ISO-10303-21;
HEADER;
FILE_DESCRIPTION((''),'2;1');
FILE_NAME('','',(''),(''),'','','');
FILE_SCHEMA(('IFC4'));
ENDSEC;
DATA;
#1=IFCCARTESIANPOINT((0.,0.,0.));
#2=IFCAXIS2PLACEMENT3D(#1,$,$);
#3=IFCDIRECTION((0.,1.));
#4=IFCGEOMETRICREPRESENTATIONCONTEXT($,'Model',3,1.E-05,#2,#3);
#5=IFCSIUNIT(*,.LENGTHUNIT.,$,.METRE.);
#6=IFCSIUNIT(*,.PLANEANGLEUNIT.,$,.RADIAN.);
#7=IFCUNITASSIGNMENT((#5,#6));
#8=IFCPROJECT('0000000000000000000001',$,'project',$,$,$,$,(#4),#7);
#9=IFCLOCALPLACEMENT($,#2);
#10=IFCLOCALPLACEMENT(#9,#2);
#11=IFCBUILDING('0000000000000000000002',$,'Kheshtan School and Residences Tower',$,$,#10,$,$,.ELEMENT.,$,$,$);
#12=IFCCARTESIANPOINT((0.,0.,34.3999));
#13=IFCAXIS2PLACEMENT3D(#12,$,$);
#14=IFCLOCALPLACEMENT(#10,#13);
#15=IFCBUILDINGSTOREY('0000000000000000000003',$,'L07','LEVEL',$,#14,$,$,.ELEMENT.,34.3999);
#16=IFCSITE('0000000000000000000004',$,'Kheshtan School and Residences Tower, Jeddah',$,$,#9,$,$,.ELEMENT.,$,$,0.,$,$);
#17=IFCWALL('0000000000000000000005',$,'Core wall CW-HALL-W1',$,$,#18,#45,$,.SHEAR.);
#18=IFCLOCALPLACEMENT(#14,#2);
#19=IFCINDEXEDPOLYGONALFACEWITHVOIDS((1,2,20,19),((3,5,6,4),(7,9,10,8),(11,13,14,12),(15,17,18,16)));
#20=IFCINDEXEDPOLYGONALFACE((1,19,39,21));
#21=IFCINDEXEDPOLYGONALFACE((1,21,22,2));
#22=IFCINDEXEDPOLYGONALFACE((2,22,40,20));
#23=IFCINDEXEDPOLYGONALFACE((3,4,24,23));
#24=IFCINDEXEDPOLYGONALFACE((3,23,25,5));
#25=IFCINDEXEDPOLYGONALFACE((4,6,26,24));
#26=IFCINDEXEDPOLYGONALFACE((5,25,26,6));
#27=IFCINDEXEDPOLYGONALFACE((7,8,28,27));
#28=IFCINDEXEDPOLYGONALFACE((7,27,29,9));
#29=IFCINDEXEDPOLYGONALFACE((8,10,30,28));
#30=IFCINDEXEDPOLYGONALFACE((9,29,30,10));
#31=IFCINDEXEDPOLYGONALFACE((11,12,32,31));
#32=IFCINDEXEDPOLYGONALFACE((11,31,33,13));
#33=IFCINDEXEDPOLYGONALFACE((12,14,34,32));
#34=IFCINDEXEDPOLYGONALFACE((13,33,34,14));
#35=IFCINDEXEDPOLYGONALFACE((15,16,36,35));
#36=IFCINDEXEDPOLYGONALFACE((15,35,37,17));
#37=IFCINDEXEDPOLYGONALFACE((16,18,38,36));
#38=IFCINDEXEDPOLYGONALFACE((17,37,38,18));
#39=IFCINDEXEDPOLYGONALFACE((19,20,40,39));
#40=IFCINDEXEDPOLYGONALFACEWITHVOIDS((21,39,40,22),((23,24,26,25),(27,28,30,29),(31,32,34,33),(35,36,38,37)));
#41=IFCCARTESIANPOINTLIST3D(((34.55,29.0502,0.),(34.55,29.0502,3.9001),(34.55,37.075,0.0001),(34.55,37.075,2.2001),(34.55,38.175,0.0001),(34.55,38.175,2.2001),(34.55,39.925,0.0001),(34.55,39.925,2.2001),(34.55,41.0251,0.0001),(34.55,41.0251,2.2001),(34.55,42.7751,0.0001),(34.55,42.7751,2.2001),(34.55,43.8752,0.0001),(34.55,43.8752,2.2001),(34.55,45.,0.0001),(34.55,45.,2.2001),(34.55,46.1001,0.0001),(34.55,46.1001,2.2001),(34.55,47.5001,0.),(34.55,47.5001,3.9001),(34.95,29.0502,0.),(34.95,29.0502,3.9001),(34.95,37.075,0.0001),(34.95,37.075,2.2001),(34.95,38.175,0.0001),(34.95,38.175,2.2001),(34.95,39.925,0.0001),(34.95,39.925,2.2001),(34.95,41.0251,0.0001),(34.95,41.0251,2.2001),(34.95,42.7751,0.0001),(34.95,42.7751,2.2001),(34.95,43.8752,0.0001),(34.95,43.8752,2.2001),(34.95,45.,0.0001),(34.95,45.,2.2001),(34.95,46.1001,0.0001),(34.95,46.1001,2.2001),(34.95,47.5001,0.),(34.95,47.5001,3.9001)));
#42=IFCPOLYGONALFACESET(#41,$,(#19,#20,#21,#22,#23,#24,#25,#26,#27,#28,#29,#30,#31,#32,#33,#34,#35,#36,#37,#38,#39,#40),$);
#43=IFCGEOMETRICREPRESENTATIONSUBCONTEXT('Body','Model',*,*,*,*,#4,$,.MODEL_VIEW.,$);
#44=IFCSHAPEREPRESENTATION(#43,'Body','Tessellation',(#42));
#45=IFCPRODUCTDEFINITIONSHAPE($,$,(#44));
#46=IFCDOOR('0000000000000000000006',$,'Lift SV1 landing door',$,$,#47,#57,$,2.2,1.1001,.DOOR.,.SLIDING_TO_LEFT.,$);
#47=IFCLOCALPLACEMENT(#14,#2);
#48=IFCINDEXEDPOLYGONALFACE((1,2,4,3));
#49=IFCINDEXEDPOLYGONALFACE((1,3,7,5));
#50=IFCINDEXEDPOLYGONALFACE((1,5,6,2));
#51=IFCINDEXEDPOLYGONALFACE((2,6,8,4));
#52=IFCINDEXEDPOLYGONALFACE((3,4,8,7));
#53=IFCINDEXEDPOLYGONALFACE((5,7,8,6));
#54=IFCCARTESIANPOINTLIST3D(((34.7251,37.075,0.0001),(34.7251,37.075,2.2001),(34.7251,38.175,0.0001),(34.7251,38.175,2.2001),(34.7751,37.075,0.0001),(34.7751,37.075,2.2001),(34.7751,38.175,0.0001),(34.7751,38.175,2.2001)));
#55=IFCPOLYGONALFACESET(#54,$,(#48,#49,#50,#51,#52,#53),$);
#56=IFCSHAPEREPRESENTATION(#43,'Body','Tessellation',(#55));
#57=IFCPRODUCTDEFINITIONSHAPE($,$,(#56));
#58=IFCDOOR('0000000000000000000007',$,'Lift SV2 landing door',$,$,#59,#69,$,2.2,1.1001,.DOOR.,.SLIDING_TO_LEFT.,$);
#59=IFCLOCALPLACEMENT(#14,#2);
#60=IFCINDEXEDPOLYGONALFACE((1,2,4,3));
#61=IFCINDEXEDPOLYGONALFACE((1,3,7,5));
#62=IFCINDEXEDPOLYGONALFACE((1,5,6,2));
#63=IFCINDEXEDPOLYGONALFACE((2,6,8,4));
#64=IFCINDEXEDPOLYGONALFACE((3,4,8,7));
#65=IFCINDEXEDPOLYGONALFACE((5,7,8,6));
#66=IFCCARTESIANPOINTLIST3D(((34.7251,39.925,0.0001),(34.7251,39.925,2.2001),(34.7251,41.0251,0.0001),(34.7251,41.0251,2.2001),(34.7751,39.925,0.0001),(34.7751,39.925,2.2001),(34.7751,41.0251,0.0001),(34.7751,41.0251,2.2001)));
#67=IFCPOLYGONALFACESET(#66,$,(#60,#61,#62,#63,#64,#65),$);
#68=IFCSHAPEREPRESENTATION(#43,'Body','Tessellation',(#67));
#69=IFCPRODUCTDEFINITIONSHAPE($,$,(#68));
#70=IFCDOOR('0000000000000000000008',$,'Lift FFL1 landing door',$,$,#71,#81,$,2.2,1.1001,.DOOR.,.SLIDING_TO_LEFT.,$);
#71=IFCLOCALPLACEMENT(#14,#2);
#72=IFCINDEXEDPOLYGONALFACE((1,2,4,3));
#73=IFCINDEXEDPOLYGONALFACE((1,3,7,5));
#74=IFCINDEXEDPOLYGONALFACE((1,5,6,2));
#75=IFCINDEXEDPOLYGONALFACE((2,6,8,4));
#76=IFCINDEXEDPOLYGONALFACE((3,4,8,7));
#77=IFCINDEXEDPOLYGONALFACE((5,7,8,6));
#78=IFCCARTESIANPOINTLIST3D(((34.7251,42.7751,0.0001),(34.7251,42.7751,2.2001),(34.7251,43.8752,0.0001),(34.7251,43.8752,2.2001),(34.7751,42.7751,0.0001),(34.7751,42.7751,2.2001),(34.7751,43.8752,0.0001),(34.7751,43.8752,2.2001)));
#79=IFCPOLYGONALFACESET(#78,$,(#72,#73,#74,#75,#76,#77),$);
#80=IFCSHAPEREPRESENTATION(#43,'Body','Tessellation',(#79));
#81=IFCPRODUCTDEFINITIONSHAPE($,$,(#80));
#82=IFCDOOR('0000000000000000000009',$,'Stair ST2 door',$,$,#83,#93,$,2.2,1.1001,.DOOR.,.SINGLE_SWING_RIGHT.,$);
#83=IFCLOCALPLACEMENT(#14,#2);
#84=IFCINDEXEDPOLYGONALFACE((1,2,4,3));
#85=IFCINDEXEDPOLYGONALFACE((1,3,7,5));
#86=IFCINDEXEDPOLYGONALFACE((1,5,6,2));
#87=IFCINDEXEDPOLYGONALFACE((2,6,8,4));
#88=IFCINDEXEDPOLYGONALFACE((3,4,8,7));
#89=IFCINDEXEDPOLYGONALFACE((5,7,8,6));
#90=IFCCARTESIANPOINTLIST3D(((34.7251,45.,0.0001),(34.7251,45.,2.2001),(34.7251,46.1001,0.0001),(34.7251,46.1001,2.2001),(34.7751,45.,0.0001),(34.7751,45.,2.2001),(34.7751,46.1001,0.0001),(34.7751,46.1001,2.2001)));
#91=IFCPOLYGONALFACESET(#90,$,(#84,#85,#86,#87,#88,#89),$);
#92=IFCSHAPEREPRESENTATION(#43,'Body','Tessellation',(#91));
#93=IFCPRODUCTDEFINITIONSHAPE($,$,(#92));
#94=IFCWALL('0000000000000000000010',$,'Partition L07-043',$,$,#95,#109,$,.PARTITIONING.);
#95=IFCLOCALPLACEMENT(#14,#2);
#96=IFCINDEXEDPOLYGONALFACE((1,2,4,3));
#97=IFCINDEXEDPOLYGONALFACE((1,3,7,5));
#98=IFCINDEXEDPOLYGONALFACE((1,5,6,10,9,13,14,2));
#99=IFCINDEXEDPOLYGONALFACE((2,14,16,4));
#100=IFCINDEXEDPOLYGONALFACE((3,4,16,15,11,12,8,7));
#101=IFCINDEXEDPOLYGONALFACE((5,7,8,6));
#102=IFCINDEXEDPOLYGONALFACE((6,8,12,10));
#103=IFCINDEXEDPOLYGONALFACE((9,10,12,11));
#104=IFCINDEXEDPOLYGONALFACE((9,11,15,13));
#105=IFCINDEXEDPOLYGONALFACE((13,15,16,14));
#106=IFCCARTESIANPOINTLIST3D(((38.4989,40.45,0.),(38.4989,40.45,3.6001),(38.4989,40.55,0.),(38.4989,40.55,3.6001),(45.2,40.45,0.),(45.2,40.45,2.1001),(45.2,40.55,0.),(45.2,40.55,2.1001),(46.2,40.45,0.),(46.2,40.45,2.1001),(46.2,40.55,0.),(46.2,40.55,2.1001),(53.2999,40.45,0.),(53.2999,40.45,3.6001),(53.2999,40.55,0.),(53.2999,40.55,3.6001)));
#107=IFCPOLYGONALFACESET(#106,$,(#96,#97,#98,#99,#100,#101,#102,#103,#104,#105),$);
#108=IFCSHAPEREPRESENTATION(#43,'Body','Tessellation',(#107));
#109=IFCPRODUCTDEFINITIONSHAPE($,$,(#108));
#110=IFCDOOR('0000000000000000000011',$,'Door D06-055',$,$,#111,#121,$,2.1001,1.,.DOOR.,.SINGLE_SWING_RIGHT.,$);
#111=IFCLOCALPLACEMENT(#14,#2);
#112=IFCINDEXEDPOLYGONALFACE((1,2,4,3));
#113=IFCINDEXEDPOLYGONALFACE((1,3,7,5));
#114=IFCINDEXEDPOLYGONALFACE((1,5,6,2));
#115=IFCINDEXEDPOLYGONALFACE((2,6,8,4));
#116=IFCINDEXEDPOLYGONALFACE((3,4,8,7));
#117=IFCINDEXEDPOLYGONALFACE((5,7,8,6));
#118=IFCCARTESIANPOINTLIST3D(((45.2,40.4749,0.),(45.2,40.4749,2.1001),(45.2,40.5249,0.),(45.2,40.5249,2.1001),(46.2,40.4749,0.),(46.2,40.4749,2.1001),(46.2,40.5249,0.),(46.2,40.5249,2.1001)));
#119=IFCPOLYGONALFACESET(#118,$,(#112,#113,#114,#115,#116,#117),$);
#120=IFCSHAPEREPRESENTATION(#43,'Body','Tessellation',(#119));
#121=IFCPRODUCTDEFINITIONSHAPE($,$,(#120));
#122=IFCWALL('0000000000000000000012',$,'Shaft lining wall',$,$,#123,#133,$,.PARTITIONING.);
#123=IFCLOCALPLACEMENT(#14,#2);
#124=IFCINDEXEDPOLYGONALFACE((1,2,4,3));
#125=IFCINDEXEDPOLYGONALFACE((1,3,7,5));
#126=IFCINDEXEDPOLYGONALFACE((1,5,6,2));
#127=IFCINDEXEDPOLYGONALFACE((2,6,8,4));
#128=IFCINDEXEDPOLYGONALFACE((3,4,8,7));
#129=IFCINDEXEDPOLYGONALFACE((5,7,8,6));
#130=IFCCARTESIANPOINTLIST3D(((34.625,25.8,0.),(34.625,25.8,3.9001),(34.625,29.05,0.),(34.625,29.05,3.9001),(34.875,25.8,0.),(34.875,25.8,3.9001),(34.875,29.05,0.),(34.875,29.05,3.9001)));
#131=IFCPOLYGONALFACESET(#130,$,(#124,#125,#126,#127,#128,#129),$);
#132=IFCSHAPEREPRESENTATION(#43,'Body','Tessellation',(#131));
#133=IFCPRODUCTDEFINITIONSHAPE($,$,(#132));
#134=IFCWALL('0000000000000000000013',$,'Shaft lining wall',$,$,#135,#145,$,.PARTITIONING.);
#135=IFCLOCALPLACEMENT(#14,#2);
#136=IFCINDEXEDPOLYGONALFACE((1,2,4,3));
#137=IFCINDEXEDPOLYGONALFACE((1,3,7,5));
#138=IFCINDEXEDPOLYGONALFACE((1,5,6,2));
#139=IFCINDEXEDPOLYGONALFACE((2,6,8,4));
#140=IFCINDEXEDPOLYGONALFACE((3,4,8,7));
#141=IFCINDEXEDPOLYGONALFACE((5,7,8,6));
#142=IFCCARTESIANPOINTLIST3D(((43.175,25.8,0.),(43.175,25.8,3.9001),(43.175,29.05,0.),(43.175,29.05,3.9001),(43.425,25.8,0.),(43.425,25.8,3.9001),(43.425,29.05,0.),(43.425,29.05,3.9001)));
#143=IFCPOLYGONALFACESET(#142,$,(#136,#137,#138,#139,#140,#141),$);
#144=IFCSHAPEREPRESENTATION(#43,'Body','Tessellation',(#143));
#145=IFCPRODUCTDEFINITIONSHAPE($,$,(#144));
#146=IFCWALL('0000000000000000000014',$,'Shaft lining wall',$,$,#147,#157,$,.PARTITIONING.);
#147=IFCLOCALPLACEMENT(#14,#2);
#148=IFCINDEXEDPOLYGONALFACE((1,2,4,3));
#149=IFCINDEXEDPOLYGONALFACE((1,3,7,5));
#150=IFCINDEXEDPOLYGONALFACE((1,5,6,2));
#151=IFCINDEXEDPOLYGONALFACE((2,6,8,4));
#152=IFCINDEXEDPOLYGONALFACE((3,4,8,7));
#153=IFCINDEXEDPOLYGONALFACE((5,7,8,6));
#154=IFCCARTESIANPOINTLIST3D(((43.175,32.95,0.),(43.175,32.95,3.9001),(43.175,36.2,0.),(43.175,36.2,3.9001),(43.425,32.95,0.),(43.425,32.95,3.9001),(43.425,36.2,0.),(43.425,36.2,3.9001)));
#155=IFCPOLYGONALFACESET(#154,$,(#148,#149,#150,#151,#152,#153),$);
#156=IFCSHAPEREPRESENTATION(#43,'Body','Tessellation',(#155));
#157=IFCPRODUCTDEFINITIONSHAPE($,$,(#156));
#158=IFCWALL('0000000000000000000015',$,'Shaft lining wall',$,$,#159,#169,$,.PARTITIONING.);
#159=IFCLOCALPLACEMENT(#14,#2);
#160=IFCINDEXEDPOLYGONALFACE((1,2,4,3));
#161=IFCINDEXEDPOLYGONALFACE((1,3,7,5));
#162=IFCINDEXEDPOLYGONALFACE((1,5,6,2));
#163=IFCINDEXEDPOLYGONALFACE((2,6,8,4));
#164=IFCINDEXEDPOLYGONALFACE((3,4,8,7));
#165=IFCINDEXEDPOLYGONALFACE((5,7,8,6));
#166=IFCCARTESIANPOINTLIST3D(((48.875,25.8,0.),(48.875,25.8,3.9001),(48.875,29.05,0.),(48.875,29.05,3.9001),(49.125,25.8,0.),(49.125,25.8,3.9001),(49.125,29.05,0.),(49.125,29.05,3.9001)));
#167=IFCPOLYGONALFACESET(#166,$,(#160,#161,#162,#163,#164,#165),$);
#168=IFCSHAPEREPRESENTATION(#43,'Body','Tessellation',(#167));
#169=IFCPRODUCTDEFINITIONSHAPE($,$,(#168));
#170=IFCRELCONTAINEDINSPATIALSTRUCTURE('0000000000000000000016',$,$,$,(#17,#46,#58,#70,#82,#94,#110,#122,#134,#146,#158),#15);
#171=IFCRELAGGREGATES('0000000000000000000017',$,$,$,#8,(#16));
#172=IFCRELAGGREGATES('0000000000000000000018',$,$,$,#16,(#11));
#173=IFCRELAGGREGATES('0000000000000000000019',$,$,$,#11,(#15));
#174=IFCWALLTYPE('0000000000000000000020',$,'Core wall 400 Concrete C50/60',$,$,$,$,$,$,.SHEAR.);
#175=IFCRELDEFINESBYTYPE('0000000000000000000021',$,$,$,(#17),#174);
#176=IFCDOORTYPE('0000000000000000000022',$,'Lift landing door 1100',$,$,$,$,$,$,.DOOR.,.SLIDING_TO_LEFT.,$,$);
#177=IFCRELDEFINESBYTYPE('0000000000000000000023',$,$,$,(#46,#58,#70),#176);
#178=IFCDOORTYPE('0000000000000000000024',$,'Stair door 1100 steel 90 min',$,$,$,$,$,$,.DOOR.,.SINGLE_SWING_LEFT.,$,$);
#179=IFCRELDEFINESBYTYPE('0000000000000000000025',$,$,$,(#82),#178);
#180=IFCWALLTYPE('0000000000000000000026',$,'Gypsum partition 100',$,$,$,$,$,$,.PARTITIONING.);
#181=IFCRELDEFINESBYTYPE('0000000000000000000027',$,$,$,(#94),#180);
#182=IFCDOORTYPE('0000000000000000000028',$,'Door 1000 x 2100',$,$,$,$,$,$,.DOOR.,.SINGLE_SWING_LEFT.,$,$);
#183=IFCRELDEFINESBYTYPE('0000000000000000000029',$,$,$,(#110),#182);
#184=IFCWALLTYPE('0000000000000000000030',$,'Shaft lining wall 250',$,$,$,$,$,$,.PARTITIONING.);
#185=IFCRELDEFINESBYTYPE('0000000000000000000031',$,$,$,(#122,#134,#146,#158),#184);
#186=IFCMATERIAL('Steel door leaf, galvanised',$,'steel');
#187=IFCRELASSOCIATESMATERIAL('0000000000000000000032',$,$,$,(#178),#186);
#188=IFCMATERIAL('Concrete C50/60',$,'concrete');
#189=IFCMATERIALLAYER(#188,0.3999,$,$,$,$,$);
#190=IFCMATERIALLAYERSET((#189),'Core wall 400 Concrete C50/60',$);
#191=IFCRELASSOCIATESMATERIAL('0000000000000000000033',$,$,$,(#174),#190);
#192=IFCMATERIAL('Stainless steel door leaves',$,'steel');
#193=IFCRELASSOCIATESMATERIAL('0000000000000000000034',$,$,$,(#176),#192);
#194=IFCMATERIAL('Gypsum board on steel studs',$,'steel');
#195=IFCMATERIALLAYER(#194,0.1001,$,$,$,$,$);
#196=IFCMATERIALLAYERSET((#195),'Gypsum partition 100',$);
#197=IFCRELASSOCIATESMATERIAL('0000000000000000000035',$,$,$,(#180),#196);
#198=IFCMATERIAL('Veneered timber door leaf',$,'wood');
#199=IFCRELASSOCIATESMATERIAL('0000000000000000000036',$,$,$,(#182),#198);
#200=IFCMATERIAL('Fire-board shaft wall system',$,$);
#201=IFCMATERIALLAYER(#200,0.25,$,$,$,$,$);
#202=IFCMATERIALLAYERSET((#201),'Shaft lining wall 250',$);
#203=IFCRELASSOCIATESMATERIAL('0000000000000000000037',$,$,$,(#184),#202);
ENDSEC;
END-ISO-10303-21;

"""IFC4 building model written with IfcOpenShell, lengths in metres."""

from ifc_helpers import new_model, si_unit, direction, frame, frame_2d, origin, place, context, subcontext, project, spatial, rectangle, extrude, source, transform, mapped, material, layer, layer_set, type_object, element, fill, save


model = new_model("IFC4")

# Units and contexts
model_context = context("Model", 3, precision=1e-05, world=origin(), true_north=direction((0.0, 1.0)))
body_context = subcontext(model_context, "Body", "Model", "MODEL_VIEW")
ifc_project = project(units=[si_unit("LENGTHUNIT", "METRE"), si_unit("PLANEANGLEUNIT", "RADIAN")], contexts=[model_context])

# Site, building, storey
site_placement = place(None, origin())
site = spatial("IfcSite", under=ifc_project, at=site_placement, Name="Kheshtan School and Residences Tower, Jeddah", CompositionType="ELEMENT", RefElevation=0.0)
building_placement = place(site_placement, origin())
building = spatial("IfcBuilding", under=site, at=building_placement, Name="Kheshtan School and Residences Tower", CompositionType="ELEMENT")
storey_placement = place(building_placement, frame((0.0, 0.0, 34.3999)))
storey = spatial("IfcBuildingStorey", under=building, at=storey_placement, Name="L07", Description="LEVEL", CompositionType="ELEMENT", Elevation=34.3999)

# Shared definitions
ifc_material_1 = material(Name="Steel door leaf, galvanised", Category="steel")
door_type_1 = type_object("IfcDoorType", Name="Stair door 1100 steel 90 min", OperationType="SINGLE_SWING_LEFT", PredefinedType="DOOR", material=ifc_material_1)

# Shared definitions
ifc_material_2 = material(Name="Concrete C50/60", Category="concrete")
ifc_layer_1 = layer(ifc_material_2, 0.3999)
ifc_layer_set_1 = layer_set([ifc_layer_1], Name="Core wall 400 Concrete C50/60")
wall_type_1 = type_object("IfcWallType", Name="Core wall 400 Concrete C50/60", PredefinedType="SHEAR", material=ifc_layer_set_1)
ifc_material_3 = material(Name="Stainless steel door leaves", Category="steel")
door_type_2 = type_object("IfcDoorType", Name="Lift landing door 1100", OperationType="SLIDING_TO_LEFT", PredefinedType="DOOR", material=ifc_material_3)
shared_shape_1 = source(origin(), body_context, "Body", "SweptSolid", [
    extrude(rectangle(XDim=1.1001, YDim=2.2, at=frame_2d((0.55, 1.1001))), frame((0.0, 0.0249, 0.0), z_axis=(0.0, -1.0, 0.0), x_axis=(1.0, 0.0, 0.0)), (0.0, 0.0, 1.0), 0.05),
])

# Wall, openings, doors
wall_1_placement = place(storey_placement, frame((34.75, 29.05, 0.0), z_axis=(0.0, 0.0, 1.0), x_axis=(0.0, 1.0, 0.0)))
wall_1 = element("IfcWall", 1, at=wall_1_placement, inside=storey, type_object=wall_type_1, Name="Core wall CW-HALL-W1", PredefinedType="SHEAR", context=body_context, shape_type="SweptSolid", body=[
    extrude(rectangle(XDim=18.45, YDim=0.3999, at=frame_2d((9.2251, 0.0))), origin(), (0.0, 0.0, 1.0), 3.9001),
])
opening_1_placement = place(wall_1_placement, frame((8.0249, 0.0, 0.0)))
opening_1 = element("IfcOpeningElement", 2, at=opening_1_placement, cuts=wall_1, PredefinedType="OPENING", context=body_context, shape_type="SweptSolid", body=[
    extrude(rectangle(XDim=1.1001, YDim=2.2, at=frame_2d((0.55, 1.1001))), frame((0.0, 0.21, 0.0), z_axis=(0.0, -1.0, 0.0), x_axis=(1.0, 0.0, 0.0)), (0.0, 0.0, 1.0), 0.4199),
])
opening_2_placement = place(wall_1_placement, frame((10.875, 0.0, 0.0)))
opening_2 = element("IfcOpeningElement", 3, at=opening_2_placement, cuts=wall_1, PredefinedType="OPENING", context=body_context, shape_type="SweptSolid", body=[
    extrude(rectangle(XDim=1.1001, YDim=2.2, at=frame_2d((0.55, 1.1001))), frame((0.0, 0.21, 0.0), z_axis=(0.0, -1.0, 0.0), x_axis=(1.0, 0.0, 0.0)), (0.0, 0.0, 1.0), 0.4199),
])
opening_3_placement = place(wall_1_placement, frame((13.7251, 0.0, 0.0)))
opening_3 = element("IfcOpeningElement", 4, at=opening_3_placement, cuts=wall_1, PredefinedType="OPENING", context=body_context, shape_type="SweptSolid", body=[
    extrude(rectangle(XDim=1.1001, YDim=2.2, at=frame_2d((0.55, 1.1001))), frame((0.0, 0.21, 0.0), z_axis=(0.0, -1.0, 0.0), x_axis=(1.0, 0.0, 0.0)), (0.0, 0.0, 1.0), 0.4199),
])
opening_4_placement = place(wall_1_placement, frame((15.95, 0.0, 0.0)))
opening_4 = element("IfcOpeningElement", 5, at=opening_4_placement, cuts=wall_1, PredefinedType="OPENING", context=body_context, shape_type="SweptSolid", body=[
    extrude(rectangle(XDim=1.1001, YDim=2.2, at=frame_2d((0.55, 1.1001))), frame((0.0, 0.21, 0.0), z_axis=(0.0, -1.0, 0.0), x_axis=(1.0, 0.0, 0.0)), (0.0, 0.0, 1.0), 0.4199),
])
door_1_placement = place(opening_1_placement, origin())
door_1 = element("IfcDoor", 6, at=door_1_placement, inside=storey, type_object=door_type_2, Name="Lift SV1 landing door", OperationType="SLIDING_TO_LEFT", OverallHeight=2.2, OverallWidth=1.1001, PredefinedType="DOOR", context=body_context, shape_type="MappedRepresentation", body=[
    mapped(shared_shape_1, transform((0.0, 0.0, 0.0), x_axis=(1.0, 0.0, 0.0), y_axis=(0.0, 1.0, 0.0), z_axis=(0.0, 0.0, 1.0), scale=1.0)),
])
fill(opening_1, door_1)
door_2_placement = place(opening_2_placement, origin())
door_2 = element("IfcDoor", 7, at=door_2_placement, inside=storey, type_object=door_type_2, Name="Lift SV2 landing door", OperationType="SLIDING_TO_LEFT", OverallHeight=2.2, OverallWidth=1.1001, PredefinedType="DOOR", context=body_context, shape_type="MappedRepresentation", body=[
    mapped(shared_shape_1, transform((0.0, 0.0, 0.0), x_axis=(1.0, 0.0, 0.0), y_axis=(0.0, 1.0, 0.0), z_axis=(0.0, 0.0, 1.0), scale=1.0)),
])
fill(opening_2, door_2)
door_3_placement = place(opening_3_placement, origin())
door_3 = element("IfcDoor", 8, at=door_3_placement, inside=storey, type_object=door_type_2, Name="Lift FFL1 landing door", OperationType="SLIDING_TO_LEFT", OverallHeight=2.2, OverallWidth=1.1001, PredefinedType="DOOR", context=body_context, shape_type="MappedRepresentation", body=[
    mapped(shared_shape_1, transform((0.0, 0.0, 0.0), x_axis=(1.0, 0.0, 0.0), y_axis=(0.0, 1.0, 0.0), z_axis=(0.0, 0.0, 1.0), scale=1.0)),
])
fill(opening_3, door_3)
shared_shape_2 = source(origin(), body_context, "Body", "SweptSolid", [
    extrude(rectangle(XDim=1.1001, YDim=2.2, at=frame_2d((0.55, 1.1001))), frame((0.0, 0.0249, 0.0), z_axis=(0.0, -1.0, 0.0), x_axis=(1.0, 0.0, 0.0)), (0.0, 0.0, 1.0), 0.05),
])
door_4_placement = place(opening_4_placement, origin())
door_4 = element("IfcDoor", 9, at=door_4_placement, inside=storey, type_object=door_type_1, Name="Stair ST2 door", OperationType="SINGLE_SWING_RIGHT", OverallHeight=2.2, OverallWidth=1.1001, PredefinedType="DOOR", context=body_context, shape_type="MappedRepresentation", body=[
    mapped(shared_shape_2, transform((0.0, 0.0, 0.0), x_axis=(1.0, 0.0, 0.0), y_axis=(0.0, 1.0, 0.0), z_axis=(0.0, 0.0, 1.0), scale=1.0)),
])
fill(opening_4, door_4)

# Wall, opening, door
ifc_material_4 = material(Name="Gypsum board on steel studs", Category="steel")
ifc_layer_2 = layer(ifc_material_4, 0.1001)
ifc_layer_set_2 = layer_set([ifc_layer_2], Name="Gypsum partition 100")
wall_type_2 = type_object("IfcWallType", Name="Gypsum partition 100", PredefinedType="PARTITIONING", material=ifc_layer_set_2)
wall_2_placement = place(storey_placement, frame((38.499, 40.5, 0.0), z_axis=(0.0, 0.0, 1.0), x_axis=(1.0, 0.0, 0.0)))
wall_2 = element("IfcWall", 10, at=wall_2_placement, inside=storey, type_object=wall_type_2, Name="Partition L07-043", PredefinedType="PARTITIONING", context=body_context, shape_type="SweptSolid", body=[
    extrude(rectangle(XDim=14.801, YDim=0.1001, at=frame_2d((7.4004, 0.0))), origin(), (0.0, 0.0, 1.0), 3.6001),
])
opening_5_placement = place(wall_2_placement, frame((6.7009, 0.0, 0.0)))
opening_5 = element("IfcOpeningElement", 11, at=opening_5_placement, cuts=wall_2, PredefinedType="OPENING", context=body_context, shape_type="SweptSolid", body=[
    extrude(rectangle(XDim=1.0, YDim=2.1001, at=frame_2d((0.5, 1.05))), frame((0.0, 0.0601, 0.0), z_axis=(0.0, -1.0, 0.0), x_axis=(1.0, 0.0, 0.0)), (0.0, 0.0, 1.0), 0.1201),
])
ifc_material_5 = material(Name="Veneered timber door leaf", Category="wood")
door_type_3 = type_object("IfcDoorType", Name="Door 1000 x 2100", OperationType="SINGLE_SWING_LEFT", PredefinedType="DOOR", material=ifc_material_5)
shared_shape_3 = source(origin(), body_context, "Body", "SweptSolid", [
    extrude(rectangle(XDim=1.0, YDim=2.1001, at=frame_2d((0.5, 1.05))), frame((0.0, 0.0249, 0.0), z_axis=(0.0, -1.0, 0.0), x_axis=(1.0, 0.0, 0.0)), (0.0, 0.0, 1.0), 0.05),
])
door_5_placement = place(opening_5_placement, origin())
door_5 = element("IfcDoor", 12, at=door_5_placement, inside=storey, type_object=door_type_3, Name="Door D06-055", OperationType="SINGLE_SWING_RIGHT", OverallHeight=2.1001, OverallWidth=1.0, PredefinedType="DOOR", context=body_context, shape_type="MappedRepresentation", body=[
    mapped(shared_shape_3, transform((0.0, 0.0, 0.0), x_axis=(1.0, 0.0, 0.0), y_axis=(0.0, 1.0, 0.0), z_axis=(0.0, 0.0, 1.0), scale=1.0)),
])
fill(opening_5, door_5)

# Walls
ifc_material_6 = material(Name="Fire-board shaft wall system")
ifc_layer_3 = layer(ifc_material_6, 0.25)
ifc_layer_set_3 = layer_set([ifc_layer_3], Name="Shaft lining wall 250")
wall_type_3 = type_object("IfcWallType", Name="Shaft lining wall 250", PredefinedType="PARTITIONING", material=ifc_layer_set_3)
for number, where, z_axis, x_axis, name in (
    (13, (34.75, 25.8, 0.0), (0.0, 0.0, 1.0), (0.0, 1.0, 0.0), "Shaft lining wall"),
    (14, (43.3, 25.8, 0.0), (0.0, 0.0, 1.0), (0.0, 1.0, 0.0), "Shaft lining wall"),
    (15, (43.3, 32.95, 0.0), (0.0, 0.0, 1.0), (0.0, 1.0, 0.0), "Shaft lining wall"),
    (16, (49.0, 25.8, 0.0), (0.0, 0.0, 1.0), (0.0, 1.0, 0.0), "Shaft lining wall"),
):
    element("IfcWall", number, at=place(storey_placement, frame(where, z_axis=z_axis, x_axis=x_axis)), inside=storey, type_object=wall_type_3, Name=name, PredefinedType="PARTITIONING", context=body_context, shape_type="SweptSolid", body=[
        extrude(rectangle(XDim=3.25, YDim=0.25, at=frame_2d((1.625, 0.0))), origin(), (0.0, 0.0, 1.0), 3.9001),
    ])

save(model, "model.ifc")
